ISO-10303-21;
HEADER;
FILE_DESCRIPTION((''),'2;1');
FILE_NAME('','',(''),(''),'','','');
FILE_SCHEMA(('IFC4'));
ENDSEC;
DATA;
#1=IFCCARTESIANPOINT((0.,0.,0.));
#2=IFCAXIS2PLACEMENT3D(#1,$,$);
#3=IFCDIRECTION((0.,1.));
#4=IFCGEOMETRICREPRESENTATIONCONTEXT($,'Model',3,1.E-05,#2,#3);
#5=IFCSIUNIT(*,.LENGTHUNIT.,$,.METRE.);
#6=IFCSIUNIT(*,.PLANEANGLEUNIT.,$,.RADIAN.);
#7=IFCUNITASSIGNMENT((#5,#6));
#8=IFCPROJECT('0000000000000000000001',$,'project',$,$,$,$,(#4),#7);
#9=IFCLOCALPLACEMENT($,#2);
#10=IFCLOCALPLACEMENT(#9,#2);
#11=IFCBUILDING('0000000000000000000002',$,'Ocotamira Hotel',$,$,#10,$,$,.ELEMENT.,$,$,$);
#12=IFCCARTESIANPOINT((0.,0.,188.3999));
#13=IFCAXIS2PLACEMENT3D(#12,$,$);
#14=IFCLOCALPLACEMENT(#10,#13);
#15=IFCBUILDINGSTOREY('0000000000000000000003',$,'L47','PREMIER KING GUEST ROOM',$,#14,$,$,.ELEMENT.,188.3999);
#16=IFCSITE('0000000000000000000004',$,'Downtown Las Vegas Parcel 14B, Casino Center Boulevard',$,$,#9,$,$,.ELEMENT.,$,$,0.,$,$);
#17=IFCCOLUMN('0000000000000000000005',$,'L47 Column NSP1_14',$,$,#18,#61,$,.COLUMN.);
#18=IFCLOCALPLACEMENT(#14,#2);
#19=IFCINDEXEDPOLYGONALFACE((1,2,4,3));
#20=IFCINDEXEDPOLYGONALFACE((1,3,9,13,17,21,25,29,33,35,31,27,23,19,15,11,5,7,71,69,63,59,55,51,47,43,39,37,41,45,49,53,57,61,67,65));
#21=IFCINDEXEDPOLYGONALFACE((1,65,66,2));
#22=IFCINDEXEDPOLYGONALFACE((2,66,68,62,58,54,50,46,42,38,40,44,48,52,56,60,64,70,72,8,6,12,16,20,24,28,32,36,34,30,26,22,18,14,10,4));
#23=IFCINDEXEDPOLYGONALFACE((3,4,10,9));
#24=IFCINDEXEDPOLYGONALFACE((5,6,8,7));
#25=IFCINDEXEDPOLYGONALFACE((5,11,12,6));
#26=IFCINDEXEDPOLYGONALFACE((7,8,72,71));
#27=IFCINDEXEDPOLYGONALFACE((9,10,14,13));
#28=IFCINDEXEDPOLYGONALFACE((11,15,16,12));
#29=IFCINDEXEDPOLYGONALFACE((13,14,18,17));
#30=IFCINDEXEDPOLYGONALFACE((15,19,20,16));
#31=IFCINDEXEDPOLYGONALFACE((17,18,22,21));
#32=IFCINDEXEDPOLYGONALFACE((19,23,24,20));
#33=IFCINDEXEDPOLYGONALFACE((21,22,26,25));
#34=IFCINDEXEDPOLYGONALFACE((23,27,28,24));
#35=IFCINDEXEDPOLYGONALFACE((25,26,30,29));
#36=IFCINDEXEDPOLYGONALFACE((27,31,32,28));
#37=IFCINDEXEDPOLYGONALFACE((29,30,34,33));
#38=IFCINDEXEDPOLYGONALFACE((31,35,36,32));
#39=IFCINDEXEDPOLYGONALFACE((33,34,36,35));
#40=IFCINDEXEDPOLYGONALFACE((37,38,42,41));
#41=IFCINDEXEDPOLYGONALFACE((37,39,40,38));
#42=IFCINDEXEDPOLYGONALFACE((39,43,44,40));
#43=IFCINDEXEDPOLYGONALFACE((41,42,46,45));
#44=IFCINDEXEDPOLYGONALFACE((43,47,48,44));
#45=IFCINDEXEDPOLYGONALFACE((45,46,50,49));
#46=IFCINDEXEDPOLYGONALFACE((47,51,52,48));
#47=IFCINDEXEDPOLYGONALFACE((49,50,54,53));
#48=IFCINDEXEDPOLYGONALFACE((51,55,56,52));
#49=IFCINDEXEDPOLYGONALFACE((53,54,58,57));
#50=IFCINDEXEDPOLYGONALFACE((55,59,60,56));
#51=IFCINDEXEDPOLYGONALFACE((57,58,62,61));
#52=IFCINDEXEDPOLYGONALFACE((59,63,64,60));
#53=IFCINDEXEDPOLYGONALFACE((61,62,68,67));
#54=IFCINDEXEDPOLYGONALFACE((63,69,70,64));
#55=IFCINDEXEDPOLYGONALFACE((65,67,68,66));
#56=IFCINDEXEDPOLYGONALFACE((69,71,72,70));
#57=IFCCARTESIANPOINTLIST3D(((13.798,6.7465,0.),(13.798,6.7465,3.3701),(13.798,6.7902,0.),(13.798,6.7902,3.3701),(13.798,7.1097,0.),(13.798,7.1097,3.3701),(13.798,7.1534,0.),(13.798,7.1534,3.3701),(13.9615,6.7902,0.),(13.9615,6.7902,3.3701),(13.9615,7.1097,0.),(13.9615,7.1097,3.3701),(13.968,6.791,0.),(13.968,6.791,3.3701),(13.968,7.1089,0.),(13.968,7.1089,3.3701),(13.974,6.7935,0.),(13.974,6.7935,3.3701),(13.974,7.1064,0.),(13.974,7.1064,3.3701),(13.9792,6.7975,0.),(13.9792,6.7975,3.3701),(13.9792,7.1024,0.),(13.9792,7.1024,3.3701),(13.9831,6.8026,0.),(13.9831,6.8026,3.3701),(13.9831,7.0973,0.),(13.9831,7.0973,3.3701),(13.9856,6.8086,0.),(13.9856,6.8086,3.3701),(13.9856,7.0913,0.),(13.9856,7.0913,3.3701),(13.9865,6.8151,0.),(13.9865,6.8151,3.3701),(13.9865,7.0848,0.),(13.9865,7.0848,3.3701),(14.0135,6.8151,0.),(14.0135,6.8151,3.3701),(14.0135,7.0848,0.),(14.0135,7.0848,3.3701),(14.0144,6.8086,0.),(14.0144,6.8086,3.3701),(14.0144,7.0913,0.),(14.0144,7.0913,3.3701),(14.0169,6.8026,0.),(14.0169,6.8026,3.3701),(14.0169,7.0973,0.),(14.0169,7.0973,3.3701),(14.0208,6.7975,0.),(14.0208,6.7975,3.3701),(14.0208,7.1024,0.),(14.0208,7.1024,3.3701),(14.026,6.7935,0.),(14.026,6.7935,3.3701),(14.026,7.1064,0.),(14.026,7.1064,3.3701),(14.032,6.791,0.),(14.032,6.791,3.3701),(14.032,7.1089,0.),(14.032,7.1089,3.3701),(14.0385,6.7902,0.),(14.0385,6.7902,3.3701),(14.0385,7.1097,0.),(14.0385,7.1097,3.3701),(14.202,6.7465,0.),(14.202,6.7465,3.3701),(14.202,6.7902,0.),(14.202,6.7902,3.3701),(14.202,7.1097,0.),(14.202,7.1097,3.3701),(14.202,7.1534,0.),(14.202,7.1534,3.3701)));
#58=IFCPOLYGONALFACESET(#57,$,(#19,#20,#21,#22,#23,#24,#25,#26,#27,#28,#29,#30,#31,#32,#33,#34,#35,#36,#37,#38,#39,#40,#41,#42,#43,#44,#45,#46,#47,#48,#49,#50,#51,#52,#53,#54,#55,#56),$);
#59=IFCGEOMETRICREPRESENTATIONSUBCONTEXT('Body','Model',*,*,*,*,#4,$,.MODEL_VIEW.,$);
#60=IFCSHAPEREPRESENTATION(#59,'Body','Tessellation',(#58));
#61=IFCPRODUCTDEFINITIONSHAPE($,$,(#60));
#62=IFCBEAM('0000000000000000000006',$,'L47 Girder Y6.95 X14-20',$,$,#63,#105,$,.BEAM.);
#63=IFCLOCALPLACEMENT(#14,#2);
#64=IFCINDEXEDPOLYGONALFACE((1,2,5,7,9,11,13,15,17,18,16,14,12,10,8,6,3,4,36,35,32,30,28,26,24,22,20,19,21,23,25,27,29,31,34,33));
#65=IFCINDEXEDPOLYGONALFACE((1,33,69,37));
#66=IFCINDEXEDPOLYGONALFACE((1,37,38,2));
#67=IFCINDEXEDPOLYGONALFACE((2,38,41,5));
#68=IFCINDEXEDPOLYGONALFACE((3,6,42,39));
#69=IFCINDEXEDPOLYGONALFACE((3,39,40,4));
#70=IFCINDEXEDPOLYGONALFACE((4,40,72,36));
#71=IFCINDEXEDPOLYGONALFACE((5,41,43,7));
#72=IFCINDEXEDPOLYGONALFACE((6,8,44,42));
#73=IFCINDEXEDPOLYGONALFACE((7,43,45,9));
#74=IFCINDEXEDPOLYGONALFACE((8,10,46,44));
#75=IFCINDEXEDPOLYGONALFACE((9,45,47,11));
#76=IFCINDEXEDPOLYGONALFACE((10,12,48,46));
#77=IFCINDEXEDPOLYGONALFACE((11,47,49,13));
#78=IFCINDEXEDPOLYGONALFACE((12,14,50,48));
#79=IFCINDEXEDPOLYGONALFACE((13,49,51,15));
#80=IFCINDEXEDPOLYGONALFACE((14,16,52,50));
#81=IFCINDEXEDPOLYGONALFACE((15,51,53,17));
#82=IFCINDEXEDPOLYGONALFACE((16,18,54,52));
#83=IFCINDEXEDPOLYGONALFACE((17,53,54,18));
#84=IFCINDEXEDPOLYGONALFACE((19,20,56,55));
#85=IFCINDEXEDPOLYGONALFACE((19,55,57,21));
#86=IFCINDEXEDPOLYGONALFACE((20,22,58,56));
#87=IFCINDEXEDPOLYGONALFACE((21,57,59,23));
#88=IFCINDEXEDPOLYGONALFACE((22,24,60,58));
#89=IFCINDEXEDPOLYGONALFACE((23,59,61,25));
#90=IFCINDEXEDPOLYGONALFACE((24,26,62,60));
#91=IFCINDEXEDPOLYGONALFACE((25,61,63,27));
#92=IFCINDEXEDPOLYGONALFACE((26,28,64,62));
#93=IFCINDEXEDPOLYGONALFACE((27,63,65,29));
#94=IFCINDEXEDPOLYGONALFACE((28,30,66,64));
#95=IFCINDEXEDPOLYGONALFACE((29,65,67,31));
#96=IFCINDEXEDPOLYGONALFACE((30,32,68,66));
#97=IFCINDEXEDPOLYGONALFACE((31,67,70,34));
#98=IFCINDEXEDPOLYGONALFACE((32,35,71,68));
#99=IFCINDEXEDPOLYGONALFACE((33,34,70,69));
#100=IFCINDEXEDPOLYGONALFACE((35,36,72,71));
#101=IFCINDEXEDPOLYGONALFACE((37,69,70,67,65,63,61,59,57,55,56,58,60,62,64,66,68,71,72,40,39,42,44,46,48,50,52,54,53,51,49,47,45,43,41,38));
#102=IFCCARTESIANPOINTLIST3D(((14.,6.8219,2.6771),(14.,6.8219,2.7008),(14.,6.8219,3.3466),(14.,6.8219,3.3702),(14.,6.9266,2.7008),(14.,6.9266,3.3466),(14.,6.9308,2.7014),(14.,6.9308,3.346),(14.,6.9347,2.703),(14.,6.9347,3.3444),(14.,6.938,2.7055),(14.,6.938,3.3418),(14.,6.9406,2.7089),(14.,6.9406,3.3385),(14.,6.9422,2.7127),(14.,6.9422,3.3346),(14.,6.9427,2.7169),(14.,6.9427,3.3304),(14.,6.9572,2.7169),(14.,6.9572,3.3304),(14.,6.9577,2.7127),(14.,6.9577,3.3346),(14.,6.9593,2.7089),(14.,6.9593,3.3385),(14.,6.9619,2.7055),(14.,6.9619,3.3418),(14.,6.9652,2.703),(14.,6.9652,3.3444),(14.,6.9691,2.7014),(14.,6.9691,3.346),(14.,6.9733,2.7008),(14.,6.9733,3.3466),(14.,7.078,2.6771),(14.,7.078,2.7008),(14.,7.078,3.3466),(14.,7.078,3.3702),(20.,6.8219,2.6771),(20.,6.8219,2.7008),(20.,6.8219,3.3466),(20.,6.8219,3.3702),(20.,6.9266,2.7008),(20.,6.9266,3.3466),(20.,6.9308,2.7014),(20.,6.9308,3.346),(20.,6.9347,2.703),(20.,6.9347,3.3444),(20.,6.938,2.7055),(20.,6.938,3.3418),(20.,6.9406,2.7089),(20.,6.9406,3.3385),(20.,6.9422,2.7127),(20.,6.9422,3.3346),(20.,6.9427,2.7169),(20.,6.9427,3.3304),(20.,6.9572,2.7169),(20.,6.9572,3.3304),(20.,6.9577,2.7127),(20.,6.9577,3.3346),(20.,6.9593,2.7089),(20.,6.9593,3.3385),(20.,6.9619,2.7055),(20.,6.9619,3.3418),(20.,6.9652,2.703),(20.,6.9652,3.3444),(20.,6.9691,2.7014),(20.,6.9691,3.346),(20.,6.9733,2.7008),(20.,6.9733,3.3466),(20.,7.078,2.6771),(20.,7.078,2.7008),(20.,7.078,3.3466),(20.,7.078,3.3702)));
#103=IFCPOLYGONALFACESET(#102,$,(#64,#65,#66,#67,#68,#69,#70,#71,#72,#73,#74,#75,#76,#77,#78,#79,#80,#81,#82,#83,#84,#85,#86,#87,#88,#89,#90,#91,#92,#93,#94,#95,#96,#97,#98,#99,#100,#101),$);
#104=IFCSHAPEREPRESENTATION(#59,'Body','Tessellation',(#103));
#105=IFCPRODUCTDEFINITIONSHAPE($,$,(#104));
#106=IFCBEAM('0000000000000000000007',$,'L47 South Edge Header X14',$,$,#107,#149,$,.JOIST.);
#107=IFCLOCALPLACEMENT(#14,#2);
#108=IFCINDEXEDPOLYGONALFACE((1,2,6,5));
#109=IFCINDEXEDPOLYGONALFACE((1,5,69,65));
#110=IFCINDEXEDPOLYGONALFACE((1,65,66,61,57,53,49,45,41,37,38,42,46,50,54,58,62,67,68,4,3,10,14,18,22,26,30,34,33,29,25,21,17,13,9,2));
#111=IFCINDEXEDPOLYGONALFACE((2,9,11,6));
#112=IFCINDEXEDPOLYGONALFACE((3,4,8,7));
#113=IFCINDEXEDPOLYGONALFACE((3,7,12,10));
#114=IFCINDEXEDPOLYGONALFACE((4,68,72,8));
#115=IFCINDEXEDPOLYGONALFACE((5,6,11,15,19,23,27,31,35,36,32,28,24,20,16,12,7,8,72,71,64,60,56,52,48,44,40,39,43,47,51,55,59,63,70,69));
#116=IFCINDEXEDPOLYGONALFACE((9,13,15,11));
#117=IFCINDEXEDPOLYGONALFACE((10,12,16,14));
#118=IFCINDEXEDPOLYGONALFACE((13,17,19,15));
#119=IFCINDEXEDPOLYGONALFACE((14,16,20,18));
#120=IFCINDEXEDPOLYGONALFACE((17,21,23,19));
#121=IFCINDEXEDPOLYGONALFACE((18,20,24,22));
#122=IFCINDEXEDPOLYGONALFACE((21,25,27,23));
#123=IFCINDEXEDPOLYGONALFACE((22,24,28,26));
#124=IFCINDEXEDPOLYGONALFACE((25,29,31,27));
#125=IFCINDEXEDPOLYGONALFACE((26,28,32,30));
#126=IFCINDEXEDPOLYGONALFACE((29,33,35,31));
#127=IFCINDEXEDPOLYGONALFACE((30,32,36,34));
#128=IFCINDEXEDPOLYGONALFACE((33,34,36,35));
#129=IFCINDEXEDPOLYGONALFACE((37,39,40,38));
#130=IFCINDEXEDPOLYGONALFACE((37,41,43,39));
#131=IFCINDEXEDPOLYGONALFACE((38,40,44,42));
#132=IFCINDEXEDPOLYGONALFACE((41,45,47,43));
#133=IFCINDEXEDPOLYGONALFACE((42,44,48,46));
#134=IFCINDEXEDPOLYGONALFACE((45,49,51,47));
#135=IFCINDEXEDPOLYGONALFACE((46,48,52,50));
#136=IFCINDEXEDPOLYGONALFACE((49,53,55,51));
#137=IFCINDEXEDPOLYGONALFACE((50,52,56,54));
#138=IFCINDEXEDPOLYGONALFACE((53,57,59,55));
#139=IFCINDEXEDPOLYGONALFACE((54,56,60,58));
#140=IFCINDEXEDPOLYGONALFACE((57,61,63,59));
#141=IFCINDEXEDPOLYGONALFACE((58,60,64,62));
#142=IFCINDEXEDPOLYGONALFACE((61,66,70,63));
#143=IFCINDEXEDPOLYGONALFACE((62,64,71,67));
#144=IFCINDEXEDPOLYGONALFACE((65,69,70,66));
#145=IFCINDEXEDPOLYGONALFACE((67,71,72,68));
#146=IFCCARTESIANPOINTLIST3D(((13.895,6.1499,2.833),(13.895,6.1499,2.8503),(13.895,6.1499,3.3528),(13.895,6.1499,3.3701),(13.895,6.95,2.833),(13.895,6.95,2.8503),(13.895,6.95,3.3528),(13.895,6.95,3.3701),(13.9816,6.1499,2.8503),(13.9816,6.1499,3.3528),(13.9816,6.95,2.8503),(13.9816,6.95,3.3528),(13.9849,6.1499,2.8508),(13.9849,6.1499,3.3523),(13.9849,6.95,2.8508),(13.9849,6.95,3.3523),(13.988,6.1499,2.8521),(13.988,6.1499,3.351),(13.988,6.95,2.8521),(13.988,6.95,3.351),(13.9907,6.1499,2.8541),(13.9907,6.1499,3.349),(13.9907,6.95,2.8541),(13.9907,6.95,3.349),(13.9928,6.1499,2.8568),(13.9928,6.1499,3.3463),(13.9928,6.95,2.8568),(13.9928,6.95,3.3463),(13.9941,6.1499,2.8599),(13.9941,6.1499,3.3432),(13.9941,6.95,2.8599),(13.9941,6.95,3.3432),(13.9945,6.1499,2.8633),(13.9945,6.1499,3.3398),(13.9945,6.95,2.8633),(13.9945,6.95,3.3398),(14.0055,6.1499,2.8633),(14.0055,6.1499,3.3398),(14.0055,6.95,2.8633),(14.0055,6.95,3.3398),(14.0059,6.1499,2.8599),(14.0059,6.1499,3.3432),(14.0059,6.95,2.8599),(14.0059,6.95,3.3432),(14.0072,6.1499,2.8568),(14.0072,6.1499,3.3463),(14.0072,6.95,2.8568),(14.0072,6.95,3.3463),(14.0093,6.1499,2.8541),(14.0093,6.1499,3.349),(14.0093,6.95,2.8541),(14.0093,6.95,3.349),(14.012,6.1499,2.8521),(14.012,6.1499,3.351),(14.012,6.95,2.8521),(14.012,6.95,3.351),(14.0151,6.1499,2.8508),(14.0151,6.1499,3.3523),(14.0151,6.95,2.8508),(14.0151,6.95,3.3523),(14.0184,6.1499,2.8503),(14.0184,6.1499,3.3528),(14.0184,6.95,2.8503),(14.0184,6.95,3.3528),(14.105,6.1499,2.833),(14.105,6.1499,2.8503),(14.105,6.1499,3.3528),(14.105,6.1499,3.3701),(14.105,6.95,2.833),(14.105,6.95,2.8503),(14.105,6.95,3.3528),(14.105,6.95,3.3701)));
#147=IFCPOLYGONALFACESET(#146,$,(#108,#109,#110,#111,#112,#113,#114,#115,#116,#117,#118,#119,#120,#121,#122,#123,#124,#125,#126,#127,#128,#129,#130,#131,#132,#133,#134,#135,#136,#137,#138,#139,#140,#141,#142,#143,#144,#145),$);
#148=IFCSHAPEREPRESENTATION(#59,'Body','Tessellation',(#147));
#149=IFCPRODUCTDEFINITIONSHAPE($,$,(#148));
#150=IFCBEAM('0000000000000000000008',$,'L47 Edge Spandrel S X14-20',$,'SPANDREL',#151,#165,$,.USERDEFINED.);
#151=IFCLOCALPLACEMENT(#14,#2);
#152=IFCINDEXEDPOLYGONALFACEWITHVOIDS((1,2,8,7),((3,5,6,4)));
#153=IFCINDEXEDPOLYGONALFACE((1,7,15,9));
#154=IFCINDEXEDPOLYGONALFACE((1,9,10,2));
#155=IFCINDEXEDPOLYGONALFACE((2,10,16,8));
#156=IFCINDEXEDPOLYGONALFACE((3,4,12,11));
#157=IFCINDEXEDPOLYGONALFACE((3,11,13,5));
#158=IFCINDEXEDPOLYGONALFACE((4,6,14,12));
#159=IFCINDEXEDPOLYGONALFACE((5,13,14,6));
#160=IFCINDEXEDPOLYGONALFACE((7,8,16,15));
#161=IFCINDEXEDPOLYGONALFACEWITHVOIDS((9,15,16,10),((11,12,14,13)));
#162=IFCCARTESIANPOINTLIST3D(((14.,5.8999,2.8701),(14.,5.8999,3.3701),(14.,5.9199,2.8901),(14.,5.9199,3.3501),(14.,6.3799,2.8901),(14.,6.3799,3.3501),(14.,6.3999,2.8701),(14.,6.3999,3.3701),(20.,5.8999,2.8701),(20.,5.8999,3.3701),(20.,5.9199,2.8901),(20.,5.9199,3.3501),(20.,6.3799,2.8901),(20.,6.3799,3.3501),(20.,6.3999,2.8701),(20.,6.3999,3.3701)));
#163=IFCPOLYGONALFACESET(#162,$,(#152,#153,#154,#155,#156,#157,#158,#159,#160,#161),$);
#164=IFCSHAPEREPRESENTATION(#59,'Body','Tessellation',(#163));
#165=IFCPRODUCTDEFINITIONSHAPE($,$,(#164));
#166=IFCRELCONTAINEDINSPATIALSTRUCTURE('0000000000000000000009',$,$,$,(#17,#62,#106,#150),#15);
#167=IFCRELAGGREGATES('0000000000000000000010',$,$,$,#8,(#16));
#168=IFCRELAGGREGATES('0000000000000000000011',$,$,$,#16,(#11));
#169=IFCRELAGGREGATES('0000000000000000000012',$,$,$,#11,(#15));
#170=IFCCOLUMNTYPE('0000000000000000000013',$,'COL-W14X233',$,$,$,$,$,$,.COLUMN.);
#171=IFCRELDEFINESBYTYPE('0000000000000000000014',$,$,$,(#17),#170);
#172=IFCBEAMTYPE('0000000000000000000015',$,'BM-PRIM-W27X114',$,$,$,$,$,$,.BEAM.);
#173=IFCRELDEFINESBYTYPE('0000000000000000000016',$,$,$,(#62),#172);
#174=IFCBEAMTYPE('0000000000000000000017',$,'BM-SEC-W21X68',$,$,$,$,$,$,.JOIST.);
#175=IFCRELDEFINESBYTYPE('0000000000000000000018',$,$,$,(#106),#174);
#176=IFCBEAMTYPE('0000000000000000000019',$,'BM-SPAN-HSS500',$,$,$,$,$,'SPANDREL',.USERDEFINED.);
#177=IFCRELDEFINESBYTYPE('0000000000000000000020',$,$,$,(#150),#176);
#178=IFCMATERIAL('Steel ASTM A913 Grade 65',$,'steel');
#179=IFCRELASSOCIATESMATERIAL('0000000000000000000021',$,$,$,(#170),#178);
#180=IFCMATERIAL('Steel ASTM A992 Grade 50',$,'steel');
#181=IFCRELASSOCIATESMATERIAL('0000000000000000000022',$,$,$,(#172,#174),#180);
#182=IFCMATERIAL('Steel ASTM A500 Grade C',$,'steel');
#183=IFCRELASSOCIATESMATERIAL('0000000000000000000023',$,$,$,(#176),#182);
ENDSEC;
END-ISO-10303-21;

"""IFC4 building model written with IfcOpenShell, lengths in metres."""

from ifc_helpers import new_model, si_unit, direction, frame, origin, origin_2d, place, context, subcontext, project, spatial, hollow_rectangle, i_section, extrude, source, transform, mapped, material, material_profile, profile_set, type_object, element, save


model = new_model("IFC4")

# Units and contexts
model_context = context("Model", 3, precision=1e-05, world=origin(), true_north=direction((0.0, 1.0)))
body_context = subcontext(model_context, "Body", "Model", "MODEL_VIEW")
ifc_project = project(units=[si_unit("LENGTHUNIT", "METRE"), si_unit("PLANEANGLEUNIT", "RADIAN")], contexts=[model_context])

# Site, building, storey
site_placement = place(None, origin())
site = spatial("IfcSite", under=ifc_project, at=site_placement, Name="Downtown Las Vegas Parcel 14B, Casino Center Boulevard", CompositionType="ELEMENT", RefElevation=0.0)
building_placement = place(site_placement, origin())
building = spatial("IfcBuilding", under=site, at=building_placement, Name="Ocotamira Hotel", CompositionType="ELEMENT")
storey_placement = place(building_placement, frame((0.0, 0.0, 188.3999)))
storey = spatial("IfcBuildingStorey", under=building, at=storey_placement, Name="L47", Description="PREMIER KING GUEST ROOM", CompositionType="ELEMENT", Elevation=188.3999)

# Column
ifc_material_1 = material(Name="Steel ASTM A913 Grade 65", Category="steel")
ifc_material_profile_1 = material_profile(ifc_material_1, i_section(OverallWidth=0.4041, OverallDepth=0.407, WebThickness=0.0271, FlangeThickness=0.0437, FilletRadius=0.0249, at=origin_2d()), Name="W14X233")
ifc_profile_set_1 = profile_set([ifc_material_profile_1], Name="Steel ASTM A913 Grade 65")
column_type = type_object("IfcColumnType", Name="COL-W14X233", PredefinedType="COLUMN", material=ifc_profile_set_1)
shared_shape_1 = source(origin(), body_context, "Body", "SweptSolid", [
    extrude(i_section(OverallWidth=0.4041, OverallDepth=0.407, WebThickness=0.0271, FlangeThickness=0.0437, FilletRadius=0.0249, at=origin_2d()), origin(), (0.0, 0.0, 1.0), 3.3701),
])
column_placement = place(storey_placement, frame((14.0, 6.95, 0.0), z_axis=(0.0, 0.0, 1.0), x_axis=(1.0, 0.0, 0.0)))
element("IfcColumn", 1, at=column_placement, inside=storey, type_object=column_type, Name="L47 Column NSP1_14", PredefinedType="COLUMN", context=body_context, shape_type="MappedRepresentation", body=[
    mapped(shared_shape_1, transform((0.0, 0.0, 0.0), scale=1.0)),
])

# Beams
ifc_material_2 = material(Name="Steel ASTM A992 Grade 50", Category="steel")
ifc_material_profile_2 = material_profile(ifc_material_2, i_section(OverallWidth=0.2561, OverallDepth=0.6931, WebThickness=0.0144, FlangeThickness=0.0237, FilletRadius=0.0161, at=origin_2d()), Name="W27X114")
ifc_profile_set_2 = profile_set([ifc_material_profile_2], Name="Steel ASTM A992 Grade 50")
beam_type_1 = type_object("IfcBeamType", Name="BM-PRIM-W27X114", PredefinedType="BEAM", material=ifc_profile_set_2)
shared_shape_2 = source(origin(), body_context, "Body", "SweptSolid", [
    extrude(i_section(OverallWidth=0.2561, OverallDepth=0.6931, WebThickness=0.0144, FlangeThickness=0.0237, FilletRadius=0.0161, at=origin_2d()), origin(), (0.0, 0.0, 1.0), 6.0),
])
beam_1_placement = place(storey_placement, frame((14.0, 6.95, 3.0237), z_axis=(1.0, 0.0, 0.0), x_axis=(0.0, 1.0, 0.0)))
element("IfcBeam", 2, at=beam_1_placement, inside=storey, type_object=beam_type_1, Name="L47 Girder Y6.95 X14-20", PredefinedType="BEAM", context=body_context, shape_type="MappedRepresentation", body=[
    mapped(shared_shape_2, transform((0.0, 0.0, 0.0), scale=1.0)),
])
ifc_material_profile_3 = material_profile(ifc_material_2, i_section(OverallWidth=0.21, OverallDepth=0.5371, WebThickness=0.011, FlangeThickness=0.0173, FilletRadius=0.0129, at=origin_2d()), Name="W21X68")
ifc_profile_set_3 = profile_set([ifc_material_profile_3], Name="Steel ASTM A992 Grade 50")
beam_type_2 = type_object("IfcBeamType", Name="BM-SEC-W21X68", PredefinedType="JOIST", material=ifc_profile_set_3)
shared_shape_3 = source(origin(), body_context, "Body", "SweptSolid", [
    extrude(i_section(OverallWidth=0.21, OverallDepth=0.5371, WebThickness=0.011, FlangeThickness=0.0173, FilletRadius=0.0129, at=origin_2d()), origin(), (0.0, 0.0, 1.0), 0.8),
])
beam_2_placement = place(storey_placement, frame((14.0, 6.95, 3.1016), z_axis=(0.0, -1.0, 0.0), x_axis=(1.0, 0.0, 0.0)))
element("IfcBeam", 3, at=beam_2_placement, inside=storey, type_object=beam_type_2, Name="L47 South Edge Header X14", PredefinedType="JOIST", context=body_context, shape_type="MappedRepresentation", body=[
    mapped(shared_shape_3, transform((0.0, 0.0, 0.0), scale=1.0)),
])
ifc_material_3 = material(Name="Steel ASTM A500 Grade C", Category="steel")
ifc_material_profile_4 = material_profile(ifc_material_3, hollow_rectangle(XDim=0.5, YDim=0.5, WallThickness=0.02, at=origin_2d()), Name="HSS500X500X20")
ifc_profile_set_4 = profile_set([ifc_material_profile_4], Name="Steel ASTM A500 Grade C")
beam_type_3 = type_object("IfcBeamType", Name="BM-SPAN-HSS500", ElementType="SPANDREL", PredefinedType="USERDEFINED", material=ifc_profile_set_4)
shared_shape_4 = source(origin(), body_context, "Body", "SweptSolid", [
    extrude(hollow_rectangle(XDim=0.5, YDim=0.5, WallThickness=0.02, at=origin_2d()), origin(), (0.0, 0.0, 1.0), 6.0),
])
beam_3_placement = place(storey_placement, frame((14.0, 6.1499, 3.1201), z_axis=(1.0, 0.0, 0.0), x_axis=(0.0, 1.0, 0.0)))
element("IfcBeam", 4, at=beam_3_placement, inside=storey, type_object=beam_type_3, Name="L47 Edge Spandrel S X14-20", ObjectType="SPANDREL", PredefinedType="USERDEFINED", context=body_context, shape_type="MappedRepresentation", body=[
    mapped(shared_shape_4, transform((0.0, 0.0, 0.0), scale=1.0)),
])

save(model, "model.ifc")
